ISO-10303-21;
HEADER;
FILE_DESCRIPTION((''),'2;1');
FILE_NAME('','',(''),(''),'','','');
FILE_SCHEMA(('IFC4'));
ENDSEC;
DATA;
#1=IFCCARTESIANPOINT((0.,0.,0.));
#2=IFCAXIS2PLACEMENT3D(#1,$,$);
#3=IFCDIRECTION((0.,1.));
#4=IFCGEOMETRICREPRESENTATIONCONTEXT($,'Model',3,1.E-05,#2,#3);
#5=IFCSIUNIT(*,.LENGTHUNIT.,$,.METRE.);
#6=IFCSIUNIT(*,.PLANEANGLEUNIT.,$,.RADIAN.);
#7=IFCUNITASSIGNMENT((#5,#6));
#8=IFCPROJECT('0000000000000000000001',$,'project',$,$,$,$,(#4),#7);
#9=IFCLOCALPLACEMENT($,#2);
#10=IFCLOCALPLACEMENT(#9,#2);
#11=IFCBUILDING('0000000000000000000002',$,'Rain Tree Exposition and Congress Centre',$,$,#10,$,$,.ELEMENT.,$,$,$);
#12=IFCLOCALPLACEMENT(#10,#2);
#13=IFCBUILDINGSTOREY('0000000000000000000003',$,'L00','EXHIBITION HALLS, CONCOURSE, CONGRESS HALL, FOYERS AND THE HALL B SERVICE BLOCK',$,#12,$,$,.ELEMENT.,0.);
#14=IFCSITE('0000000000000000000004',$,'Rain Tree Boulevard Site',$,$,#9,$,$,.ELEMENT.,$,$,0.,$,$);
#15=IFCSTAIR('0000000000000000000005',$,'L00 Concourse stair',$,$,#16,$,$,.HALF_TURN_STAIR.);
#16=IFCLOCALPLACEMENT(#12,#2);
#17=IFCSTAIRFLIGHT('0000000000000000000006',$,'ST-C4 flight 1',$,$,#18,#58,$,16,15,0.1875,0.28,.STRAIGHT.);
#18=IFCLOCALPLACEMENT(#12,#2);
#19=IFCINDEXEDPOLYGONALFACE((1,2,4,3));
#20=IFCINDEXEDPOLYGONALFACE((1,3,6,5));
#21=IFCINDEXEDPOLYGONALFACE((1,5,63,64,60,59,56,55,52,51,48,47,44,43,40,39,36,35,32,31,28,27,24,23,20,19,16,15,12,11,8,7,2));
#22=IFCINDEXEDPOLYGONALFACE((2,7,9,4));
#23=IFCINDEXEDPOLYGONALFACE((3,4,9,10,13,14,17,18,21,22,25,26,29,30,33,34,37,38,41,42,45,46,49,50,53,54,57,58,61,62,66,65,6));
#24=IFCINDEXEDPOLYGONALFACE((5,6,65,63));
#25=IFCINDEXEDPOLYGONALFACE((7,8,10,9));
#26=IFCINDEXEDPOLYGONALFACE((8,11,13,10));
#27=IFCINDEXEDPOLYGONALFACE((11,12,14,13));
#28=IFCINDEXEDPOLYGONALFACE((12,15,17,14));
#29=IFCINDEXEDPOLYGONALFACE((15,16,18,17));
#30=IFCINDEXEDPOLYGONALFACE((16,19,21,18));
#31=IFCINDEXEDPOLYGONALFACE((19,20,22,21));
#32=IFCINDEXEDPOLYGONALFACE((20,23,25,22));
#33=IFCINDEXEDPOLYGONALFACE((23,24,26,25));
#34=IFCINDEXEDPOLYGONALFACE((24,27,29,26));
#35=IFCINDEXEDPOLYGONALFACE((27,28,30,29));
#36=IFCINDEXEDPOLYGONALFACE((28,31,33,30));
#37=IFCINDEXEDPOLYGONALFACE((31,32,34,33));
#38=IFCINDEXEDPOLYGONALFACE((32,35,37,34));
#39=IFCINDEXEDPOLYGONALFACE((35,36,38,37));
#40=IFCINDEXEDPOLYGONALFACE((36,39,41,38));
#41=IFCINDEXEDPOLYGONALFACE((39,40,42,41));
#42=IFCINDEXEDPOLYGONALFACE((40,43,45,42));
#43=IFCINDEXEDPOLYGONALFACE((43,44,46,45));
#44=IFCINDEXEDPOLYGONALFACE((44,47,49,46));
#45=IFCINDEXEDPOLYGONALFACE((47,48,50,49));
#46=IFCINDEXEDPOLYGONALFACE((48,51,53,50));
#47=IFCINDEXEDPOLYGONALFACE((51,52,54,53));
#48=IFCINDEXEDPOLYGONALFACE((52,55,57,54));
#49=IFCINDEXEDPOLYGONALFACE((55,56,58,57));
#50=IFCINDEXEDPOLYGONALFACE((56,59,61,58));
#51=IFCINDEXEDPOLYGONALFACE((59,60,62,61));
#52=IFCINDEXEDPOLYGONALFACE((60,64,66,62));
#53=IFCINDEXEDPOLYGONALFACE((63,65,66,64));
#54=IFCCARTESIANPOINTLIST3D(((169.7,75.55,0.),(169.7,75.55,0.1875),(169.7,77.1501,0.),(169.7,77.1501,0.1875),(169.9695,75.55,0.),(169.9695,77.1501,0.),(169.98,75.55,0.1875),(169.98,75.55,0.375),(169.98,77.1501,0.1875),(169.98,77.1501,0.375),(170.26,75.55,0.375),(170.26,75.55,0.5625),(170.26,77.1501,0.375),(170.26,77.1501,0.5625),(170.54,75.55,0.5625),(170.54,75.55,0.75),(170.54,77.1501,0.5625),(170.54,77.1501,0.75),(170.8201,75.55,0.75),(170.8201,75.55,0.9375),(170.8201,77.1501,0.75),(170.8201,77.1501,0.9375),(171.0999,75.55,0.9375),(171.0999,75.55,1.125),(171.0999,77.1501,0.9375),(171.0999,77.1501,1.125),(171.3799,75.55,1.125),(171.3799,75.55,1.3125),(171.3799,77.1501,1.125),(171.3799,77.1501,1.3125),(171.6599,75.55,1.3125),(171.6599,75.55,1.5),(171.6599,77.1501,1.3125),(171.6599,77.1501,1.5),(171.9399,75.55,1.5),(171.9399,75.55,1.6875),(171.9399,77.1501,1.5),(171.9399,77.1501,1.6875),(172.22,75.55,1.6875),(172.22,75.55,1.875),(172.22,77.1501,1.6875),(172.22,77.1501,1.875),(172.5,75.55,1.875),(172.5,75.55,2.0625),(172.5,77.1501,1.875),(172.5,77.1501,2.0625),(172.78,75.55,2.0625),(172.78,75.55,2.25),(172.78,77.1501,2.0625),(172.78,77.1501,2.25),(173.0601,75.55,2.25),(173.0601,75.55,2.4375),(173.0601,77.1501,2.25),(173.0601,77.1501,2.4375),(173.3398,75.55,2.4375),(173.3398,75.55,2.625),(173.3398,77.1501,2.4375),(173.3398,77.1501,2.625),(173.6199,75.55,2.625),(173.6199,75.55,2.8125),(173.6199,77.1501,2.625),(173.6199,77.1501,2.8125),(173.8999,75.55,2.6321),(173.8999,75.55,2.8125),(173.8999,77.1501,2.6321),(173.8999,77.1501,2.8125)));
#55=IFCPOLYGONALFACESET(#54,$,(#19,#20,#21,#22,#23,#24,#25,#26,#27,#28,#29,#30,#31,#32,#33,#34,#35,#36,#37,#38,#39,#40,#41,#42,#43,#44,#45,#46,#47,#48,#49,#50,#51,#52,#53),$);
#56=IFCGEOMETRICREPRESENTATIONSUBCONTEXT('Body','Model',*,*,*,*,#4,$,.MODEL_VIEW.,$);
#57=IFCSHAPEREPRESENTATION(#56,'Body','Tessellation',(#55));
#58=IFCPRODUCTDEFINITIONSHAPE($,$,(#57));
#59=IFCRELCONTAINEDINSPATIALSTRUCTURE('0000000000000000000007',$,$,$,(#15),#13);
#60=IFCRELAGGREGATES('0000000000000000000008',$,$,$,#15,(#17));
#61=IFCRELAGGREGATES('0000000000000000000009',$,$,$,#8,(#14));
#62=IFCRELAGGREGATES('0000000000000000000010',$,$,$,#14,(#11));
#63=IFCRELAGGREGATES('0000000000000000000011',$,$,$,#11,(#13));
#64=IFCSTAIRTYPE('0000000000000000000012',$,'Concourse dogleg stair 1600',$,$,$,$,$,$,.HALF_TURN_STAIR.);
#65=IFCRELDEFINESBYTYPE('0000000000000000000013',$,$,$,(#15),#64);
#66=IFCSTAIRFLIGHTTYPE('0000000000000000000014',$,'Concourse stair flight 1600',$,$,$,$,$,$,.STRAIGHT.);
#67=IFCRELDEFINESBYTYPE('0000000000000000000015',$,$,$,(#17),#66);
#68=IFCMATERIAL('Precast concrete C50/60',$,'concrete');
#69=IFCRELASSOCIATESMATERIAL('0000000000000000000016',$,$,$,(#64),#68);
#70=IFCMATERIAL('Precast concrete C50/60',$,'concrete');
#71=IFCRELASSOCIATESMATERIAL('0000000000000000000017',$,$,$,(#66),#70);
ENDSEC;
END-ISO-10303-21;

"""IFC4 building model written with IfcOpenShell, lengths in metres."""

from ifc_helpers import new_model, si_unit, direction, frame, origin, place, context, subcontext, project, spatial, polyline, outline, extrude, material, type_object, element, aggregate, save


model = new_model("IFC4")

# Units and contexts
model_context = context("Model", 3, precision=1e-05, world=origin(), true_north=direction((0.0, 1.0)))
body_context = subcontext(model_context, "Body", "Model", "MODEL_VIEW")
ifc_project = project(units=[si_unit("LENGTHUNIT", "METRE"), si_unit("PLANEANGLEUNIT", "RADIAN")], contexts=[model_context])

# Site, building, storey
site_placement = place(None, origin())
site = spatial("IfcSite", under=ifc_project, at=site_placement, Name="Rain Tree Boulevard Site", CompositionType="ELEMENT", RefElevation=0.0)
building_placement = place(site_placement, origin())
building = spatial("IfcBuilding", under=site, at=building_placement, Name="Rain Tree Exposition and Congress Centre", CompositionType="ELEMENT")
storey_placement = place(building_placement, origin())
storey = spatial("IfcBuildingStorey", under=building, at=storey_placement, Name="L00", Description="EXHIBITION HALLS, CONCOURSE, CONGRESS HALL, FOYERS AND THE HALL B SERVICE BLOCK", CompositionType="ELEMENT", Elevation=0.0)

# Stair, stair flight
ifc_material_1 = material(Name="Precast concrete C50/60", Category="concrete")
stair_type = type_object("IfcStairType", Name="Concourse dogleg stair 1600", PredefinedType="HALF_TURN_STAIR", material=ifc_material_1)
stair_placement = place(storey_placement, origin())
stair = element("IfcStair", 1, at=stair_placement, inside=storey, type_object=stair_type, Name="L00 Concourse stair", PredefinedType="HALF_TURN_STAIR")
ifc_material_2 = material(Name="Precast concrete C50/60", Category="concrete")
stair_flight_type = type_object("IfcStairFlightType", Name="Concourse stair flight 1600", PredefinedType="STRAIGHT", material=ifc_material_2)
stair_flight_placement = place(storey_placement, frame((169.7, 76.3501, 0.0), z_axis=(0.0, 0.0, 1.0), x_axis=(1.0, 0.0, 0.0)))
stair_flight = element("IfcStairFlight", 2, at=stair_flight_placement, type_object=stair_flight_type, Name="ST-C4 flight 1", NumberOfRisers=16, NumberOfTreads=15, PredefinedType="STRAIGHT", RiserHeight=0.1875, TreadLength=0.28, context=body_context, shape_type="SweptSolid", body=[
    extrude(outline(polyline([(0.0, 0.0), (0.0, 0.1875), (0.28, 0.1875), (0.28, 0.375), (0.5601, 0.375), (0.5601, 0.5625), (0.8401, 0.5625), (0.8401, 0.75), (1.1201, 0.75), (1.1201, 0.9375), (1.3999, 0.9375), (1.3999, 1.125), (1.6799, 1.125), (1.6799, 1.3125), (1.96, 1.3125), (1.96, 1.5), (2.24, 1.5), (2.24, 1.6875), (2.52, 1.6875), (2.52, 1.875), (2.8, 1.875), (2.8, 2.0625), (3.0801, 2.0625), (3.0801, 2.25), (3.3601, 2.25), (3.3601, 2.4375), (3.6399, 2.4375), (3.6399, 2.625), (3.9199, 2.625), (3.9199, 2.8125), (4.2, 2.8125), (4.2, 3.0), (4.2, 2.6321), (0.2695, 0.0), (0.0, 0.0)])), frame((0.0, 0.8, 0.0), z_axis=(0.0, -1.0, 0.0), x_axis=(1.0, 0.0, 0.0)), (0.0, 0.0, 1.0), 1.6001),
])
aggregate(stair, [stair_flight])

save(model, "model.ifc")
